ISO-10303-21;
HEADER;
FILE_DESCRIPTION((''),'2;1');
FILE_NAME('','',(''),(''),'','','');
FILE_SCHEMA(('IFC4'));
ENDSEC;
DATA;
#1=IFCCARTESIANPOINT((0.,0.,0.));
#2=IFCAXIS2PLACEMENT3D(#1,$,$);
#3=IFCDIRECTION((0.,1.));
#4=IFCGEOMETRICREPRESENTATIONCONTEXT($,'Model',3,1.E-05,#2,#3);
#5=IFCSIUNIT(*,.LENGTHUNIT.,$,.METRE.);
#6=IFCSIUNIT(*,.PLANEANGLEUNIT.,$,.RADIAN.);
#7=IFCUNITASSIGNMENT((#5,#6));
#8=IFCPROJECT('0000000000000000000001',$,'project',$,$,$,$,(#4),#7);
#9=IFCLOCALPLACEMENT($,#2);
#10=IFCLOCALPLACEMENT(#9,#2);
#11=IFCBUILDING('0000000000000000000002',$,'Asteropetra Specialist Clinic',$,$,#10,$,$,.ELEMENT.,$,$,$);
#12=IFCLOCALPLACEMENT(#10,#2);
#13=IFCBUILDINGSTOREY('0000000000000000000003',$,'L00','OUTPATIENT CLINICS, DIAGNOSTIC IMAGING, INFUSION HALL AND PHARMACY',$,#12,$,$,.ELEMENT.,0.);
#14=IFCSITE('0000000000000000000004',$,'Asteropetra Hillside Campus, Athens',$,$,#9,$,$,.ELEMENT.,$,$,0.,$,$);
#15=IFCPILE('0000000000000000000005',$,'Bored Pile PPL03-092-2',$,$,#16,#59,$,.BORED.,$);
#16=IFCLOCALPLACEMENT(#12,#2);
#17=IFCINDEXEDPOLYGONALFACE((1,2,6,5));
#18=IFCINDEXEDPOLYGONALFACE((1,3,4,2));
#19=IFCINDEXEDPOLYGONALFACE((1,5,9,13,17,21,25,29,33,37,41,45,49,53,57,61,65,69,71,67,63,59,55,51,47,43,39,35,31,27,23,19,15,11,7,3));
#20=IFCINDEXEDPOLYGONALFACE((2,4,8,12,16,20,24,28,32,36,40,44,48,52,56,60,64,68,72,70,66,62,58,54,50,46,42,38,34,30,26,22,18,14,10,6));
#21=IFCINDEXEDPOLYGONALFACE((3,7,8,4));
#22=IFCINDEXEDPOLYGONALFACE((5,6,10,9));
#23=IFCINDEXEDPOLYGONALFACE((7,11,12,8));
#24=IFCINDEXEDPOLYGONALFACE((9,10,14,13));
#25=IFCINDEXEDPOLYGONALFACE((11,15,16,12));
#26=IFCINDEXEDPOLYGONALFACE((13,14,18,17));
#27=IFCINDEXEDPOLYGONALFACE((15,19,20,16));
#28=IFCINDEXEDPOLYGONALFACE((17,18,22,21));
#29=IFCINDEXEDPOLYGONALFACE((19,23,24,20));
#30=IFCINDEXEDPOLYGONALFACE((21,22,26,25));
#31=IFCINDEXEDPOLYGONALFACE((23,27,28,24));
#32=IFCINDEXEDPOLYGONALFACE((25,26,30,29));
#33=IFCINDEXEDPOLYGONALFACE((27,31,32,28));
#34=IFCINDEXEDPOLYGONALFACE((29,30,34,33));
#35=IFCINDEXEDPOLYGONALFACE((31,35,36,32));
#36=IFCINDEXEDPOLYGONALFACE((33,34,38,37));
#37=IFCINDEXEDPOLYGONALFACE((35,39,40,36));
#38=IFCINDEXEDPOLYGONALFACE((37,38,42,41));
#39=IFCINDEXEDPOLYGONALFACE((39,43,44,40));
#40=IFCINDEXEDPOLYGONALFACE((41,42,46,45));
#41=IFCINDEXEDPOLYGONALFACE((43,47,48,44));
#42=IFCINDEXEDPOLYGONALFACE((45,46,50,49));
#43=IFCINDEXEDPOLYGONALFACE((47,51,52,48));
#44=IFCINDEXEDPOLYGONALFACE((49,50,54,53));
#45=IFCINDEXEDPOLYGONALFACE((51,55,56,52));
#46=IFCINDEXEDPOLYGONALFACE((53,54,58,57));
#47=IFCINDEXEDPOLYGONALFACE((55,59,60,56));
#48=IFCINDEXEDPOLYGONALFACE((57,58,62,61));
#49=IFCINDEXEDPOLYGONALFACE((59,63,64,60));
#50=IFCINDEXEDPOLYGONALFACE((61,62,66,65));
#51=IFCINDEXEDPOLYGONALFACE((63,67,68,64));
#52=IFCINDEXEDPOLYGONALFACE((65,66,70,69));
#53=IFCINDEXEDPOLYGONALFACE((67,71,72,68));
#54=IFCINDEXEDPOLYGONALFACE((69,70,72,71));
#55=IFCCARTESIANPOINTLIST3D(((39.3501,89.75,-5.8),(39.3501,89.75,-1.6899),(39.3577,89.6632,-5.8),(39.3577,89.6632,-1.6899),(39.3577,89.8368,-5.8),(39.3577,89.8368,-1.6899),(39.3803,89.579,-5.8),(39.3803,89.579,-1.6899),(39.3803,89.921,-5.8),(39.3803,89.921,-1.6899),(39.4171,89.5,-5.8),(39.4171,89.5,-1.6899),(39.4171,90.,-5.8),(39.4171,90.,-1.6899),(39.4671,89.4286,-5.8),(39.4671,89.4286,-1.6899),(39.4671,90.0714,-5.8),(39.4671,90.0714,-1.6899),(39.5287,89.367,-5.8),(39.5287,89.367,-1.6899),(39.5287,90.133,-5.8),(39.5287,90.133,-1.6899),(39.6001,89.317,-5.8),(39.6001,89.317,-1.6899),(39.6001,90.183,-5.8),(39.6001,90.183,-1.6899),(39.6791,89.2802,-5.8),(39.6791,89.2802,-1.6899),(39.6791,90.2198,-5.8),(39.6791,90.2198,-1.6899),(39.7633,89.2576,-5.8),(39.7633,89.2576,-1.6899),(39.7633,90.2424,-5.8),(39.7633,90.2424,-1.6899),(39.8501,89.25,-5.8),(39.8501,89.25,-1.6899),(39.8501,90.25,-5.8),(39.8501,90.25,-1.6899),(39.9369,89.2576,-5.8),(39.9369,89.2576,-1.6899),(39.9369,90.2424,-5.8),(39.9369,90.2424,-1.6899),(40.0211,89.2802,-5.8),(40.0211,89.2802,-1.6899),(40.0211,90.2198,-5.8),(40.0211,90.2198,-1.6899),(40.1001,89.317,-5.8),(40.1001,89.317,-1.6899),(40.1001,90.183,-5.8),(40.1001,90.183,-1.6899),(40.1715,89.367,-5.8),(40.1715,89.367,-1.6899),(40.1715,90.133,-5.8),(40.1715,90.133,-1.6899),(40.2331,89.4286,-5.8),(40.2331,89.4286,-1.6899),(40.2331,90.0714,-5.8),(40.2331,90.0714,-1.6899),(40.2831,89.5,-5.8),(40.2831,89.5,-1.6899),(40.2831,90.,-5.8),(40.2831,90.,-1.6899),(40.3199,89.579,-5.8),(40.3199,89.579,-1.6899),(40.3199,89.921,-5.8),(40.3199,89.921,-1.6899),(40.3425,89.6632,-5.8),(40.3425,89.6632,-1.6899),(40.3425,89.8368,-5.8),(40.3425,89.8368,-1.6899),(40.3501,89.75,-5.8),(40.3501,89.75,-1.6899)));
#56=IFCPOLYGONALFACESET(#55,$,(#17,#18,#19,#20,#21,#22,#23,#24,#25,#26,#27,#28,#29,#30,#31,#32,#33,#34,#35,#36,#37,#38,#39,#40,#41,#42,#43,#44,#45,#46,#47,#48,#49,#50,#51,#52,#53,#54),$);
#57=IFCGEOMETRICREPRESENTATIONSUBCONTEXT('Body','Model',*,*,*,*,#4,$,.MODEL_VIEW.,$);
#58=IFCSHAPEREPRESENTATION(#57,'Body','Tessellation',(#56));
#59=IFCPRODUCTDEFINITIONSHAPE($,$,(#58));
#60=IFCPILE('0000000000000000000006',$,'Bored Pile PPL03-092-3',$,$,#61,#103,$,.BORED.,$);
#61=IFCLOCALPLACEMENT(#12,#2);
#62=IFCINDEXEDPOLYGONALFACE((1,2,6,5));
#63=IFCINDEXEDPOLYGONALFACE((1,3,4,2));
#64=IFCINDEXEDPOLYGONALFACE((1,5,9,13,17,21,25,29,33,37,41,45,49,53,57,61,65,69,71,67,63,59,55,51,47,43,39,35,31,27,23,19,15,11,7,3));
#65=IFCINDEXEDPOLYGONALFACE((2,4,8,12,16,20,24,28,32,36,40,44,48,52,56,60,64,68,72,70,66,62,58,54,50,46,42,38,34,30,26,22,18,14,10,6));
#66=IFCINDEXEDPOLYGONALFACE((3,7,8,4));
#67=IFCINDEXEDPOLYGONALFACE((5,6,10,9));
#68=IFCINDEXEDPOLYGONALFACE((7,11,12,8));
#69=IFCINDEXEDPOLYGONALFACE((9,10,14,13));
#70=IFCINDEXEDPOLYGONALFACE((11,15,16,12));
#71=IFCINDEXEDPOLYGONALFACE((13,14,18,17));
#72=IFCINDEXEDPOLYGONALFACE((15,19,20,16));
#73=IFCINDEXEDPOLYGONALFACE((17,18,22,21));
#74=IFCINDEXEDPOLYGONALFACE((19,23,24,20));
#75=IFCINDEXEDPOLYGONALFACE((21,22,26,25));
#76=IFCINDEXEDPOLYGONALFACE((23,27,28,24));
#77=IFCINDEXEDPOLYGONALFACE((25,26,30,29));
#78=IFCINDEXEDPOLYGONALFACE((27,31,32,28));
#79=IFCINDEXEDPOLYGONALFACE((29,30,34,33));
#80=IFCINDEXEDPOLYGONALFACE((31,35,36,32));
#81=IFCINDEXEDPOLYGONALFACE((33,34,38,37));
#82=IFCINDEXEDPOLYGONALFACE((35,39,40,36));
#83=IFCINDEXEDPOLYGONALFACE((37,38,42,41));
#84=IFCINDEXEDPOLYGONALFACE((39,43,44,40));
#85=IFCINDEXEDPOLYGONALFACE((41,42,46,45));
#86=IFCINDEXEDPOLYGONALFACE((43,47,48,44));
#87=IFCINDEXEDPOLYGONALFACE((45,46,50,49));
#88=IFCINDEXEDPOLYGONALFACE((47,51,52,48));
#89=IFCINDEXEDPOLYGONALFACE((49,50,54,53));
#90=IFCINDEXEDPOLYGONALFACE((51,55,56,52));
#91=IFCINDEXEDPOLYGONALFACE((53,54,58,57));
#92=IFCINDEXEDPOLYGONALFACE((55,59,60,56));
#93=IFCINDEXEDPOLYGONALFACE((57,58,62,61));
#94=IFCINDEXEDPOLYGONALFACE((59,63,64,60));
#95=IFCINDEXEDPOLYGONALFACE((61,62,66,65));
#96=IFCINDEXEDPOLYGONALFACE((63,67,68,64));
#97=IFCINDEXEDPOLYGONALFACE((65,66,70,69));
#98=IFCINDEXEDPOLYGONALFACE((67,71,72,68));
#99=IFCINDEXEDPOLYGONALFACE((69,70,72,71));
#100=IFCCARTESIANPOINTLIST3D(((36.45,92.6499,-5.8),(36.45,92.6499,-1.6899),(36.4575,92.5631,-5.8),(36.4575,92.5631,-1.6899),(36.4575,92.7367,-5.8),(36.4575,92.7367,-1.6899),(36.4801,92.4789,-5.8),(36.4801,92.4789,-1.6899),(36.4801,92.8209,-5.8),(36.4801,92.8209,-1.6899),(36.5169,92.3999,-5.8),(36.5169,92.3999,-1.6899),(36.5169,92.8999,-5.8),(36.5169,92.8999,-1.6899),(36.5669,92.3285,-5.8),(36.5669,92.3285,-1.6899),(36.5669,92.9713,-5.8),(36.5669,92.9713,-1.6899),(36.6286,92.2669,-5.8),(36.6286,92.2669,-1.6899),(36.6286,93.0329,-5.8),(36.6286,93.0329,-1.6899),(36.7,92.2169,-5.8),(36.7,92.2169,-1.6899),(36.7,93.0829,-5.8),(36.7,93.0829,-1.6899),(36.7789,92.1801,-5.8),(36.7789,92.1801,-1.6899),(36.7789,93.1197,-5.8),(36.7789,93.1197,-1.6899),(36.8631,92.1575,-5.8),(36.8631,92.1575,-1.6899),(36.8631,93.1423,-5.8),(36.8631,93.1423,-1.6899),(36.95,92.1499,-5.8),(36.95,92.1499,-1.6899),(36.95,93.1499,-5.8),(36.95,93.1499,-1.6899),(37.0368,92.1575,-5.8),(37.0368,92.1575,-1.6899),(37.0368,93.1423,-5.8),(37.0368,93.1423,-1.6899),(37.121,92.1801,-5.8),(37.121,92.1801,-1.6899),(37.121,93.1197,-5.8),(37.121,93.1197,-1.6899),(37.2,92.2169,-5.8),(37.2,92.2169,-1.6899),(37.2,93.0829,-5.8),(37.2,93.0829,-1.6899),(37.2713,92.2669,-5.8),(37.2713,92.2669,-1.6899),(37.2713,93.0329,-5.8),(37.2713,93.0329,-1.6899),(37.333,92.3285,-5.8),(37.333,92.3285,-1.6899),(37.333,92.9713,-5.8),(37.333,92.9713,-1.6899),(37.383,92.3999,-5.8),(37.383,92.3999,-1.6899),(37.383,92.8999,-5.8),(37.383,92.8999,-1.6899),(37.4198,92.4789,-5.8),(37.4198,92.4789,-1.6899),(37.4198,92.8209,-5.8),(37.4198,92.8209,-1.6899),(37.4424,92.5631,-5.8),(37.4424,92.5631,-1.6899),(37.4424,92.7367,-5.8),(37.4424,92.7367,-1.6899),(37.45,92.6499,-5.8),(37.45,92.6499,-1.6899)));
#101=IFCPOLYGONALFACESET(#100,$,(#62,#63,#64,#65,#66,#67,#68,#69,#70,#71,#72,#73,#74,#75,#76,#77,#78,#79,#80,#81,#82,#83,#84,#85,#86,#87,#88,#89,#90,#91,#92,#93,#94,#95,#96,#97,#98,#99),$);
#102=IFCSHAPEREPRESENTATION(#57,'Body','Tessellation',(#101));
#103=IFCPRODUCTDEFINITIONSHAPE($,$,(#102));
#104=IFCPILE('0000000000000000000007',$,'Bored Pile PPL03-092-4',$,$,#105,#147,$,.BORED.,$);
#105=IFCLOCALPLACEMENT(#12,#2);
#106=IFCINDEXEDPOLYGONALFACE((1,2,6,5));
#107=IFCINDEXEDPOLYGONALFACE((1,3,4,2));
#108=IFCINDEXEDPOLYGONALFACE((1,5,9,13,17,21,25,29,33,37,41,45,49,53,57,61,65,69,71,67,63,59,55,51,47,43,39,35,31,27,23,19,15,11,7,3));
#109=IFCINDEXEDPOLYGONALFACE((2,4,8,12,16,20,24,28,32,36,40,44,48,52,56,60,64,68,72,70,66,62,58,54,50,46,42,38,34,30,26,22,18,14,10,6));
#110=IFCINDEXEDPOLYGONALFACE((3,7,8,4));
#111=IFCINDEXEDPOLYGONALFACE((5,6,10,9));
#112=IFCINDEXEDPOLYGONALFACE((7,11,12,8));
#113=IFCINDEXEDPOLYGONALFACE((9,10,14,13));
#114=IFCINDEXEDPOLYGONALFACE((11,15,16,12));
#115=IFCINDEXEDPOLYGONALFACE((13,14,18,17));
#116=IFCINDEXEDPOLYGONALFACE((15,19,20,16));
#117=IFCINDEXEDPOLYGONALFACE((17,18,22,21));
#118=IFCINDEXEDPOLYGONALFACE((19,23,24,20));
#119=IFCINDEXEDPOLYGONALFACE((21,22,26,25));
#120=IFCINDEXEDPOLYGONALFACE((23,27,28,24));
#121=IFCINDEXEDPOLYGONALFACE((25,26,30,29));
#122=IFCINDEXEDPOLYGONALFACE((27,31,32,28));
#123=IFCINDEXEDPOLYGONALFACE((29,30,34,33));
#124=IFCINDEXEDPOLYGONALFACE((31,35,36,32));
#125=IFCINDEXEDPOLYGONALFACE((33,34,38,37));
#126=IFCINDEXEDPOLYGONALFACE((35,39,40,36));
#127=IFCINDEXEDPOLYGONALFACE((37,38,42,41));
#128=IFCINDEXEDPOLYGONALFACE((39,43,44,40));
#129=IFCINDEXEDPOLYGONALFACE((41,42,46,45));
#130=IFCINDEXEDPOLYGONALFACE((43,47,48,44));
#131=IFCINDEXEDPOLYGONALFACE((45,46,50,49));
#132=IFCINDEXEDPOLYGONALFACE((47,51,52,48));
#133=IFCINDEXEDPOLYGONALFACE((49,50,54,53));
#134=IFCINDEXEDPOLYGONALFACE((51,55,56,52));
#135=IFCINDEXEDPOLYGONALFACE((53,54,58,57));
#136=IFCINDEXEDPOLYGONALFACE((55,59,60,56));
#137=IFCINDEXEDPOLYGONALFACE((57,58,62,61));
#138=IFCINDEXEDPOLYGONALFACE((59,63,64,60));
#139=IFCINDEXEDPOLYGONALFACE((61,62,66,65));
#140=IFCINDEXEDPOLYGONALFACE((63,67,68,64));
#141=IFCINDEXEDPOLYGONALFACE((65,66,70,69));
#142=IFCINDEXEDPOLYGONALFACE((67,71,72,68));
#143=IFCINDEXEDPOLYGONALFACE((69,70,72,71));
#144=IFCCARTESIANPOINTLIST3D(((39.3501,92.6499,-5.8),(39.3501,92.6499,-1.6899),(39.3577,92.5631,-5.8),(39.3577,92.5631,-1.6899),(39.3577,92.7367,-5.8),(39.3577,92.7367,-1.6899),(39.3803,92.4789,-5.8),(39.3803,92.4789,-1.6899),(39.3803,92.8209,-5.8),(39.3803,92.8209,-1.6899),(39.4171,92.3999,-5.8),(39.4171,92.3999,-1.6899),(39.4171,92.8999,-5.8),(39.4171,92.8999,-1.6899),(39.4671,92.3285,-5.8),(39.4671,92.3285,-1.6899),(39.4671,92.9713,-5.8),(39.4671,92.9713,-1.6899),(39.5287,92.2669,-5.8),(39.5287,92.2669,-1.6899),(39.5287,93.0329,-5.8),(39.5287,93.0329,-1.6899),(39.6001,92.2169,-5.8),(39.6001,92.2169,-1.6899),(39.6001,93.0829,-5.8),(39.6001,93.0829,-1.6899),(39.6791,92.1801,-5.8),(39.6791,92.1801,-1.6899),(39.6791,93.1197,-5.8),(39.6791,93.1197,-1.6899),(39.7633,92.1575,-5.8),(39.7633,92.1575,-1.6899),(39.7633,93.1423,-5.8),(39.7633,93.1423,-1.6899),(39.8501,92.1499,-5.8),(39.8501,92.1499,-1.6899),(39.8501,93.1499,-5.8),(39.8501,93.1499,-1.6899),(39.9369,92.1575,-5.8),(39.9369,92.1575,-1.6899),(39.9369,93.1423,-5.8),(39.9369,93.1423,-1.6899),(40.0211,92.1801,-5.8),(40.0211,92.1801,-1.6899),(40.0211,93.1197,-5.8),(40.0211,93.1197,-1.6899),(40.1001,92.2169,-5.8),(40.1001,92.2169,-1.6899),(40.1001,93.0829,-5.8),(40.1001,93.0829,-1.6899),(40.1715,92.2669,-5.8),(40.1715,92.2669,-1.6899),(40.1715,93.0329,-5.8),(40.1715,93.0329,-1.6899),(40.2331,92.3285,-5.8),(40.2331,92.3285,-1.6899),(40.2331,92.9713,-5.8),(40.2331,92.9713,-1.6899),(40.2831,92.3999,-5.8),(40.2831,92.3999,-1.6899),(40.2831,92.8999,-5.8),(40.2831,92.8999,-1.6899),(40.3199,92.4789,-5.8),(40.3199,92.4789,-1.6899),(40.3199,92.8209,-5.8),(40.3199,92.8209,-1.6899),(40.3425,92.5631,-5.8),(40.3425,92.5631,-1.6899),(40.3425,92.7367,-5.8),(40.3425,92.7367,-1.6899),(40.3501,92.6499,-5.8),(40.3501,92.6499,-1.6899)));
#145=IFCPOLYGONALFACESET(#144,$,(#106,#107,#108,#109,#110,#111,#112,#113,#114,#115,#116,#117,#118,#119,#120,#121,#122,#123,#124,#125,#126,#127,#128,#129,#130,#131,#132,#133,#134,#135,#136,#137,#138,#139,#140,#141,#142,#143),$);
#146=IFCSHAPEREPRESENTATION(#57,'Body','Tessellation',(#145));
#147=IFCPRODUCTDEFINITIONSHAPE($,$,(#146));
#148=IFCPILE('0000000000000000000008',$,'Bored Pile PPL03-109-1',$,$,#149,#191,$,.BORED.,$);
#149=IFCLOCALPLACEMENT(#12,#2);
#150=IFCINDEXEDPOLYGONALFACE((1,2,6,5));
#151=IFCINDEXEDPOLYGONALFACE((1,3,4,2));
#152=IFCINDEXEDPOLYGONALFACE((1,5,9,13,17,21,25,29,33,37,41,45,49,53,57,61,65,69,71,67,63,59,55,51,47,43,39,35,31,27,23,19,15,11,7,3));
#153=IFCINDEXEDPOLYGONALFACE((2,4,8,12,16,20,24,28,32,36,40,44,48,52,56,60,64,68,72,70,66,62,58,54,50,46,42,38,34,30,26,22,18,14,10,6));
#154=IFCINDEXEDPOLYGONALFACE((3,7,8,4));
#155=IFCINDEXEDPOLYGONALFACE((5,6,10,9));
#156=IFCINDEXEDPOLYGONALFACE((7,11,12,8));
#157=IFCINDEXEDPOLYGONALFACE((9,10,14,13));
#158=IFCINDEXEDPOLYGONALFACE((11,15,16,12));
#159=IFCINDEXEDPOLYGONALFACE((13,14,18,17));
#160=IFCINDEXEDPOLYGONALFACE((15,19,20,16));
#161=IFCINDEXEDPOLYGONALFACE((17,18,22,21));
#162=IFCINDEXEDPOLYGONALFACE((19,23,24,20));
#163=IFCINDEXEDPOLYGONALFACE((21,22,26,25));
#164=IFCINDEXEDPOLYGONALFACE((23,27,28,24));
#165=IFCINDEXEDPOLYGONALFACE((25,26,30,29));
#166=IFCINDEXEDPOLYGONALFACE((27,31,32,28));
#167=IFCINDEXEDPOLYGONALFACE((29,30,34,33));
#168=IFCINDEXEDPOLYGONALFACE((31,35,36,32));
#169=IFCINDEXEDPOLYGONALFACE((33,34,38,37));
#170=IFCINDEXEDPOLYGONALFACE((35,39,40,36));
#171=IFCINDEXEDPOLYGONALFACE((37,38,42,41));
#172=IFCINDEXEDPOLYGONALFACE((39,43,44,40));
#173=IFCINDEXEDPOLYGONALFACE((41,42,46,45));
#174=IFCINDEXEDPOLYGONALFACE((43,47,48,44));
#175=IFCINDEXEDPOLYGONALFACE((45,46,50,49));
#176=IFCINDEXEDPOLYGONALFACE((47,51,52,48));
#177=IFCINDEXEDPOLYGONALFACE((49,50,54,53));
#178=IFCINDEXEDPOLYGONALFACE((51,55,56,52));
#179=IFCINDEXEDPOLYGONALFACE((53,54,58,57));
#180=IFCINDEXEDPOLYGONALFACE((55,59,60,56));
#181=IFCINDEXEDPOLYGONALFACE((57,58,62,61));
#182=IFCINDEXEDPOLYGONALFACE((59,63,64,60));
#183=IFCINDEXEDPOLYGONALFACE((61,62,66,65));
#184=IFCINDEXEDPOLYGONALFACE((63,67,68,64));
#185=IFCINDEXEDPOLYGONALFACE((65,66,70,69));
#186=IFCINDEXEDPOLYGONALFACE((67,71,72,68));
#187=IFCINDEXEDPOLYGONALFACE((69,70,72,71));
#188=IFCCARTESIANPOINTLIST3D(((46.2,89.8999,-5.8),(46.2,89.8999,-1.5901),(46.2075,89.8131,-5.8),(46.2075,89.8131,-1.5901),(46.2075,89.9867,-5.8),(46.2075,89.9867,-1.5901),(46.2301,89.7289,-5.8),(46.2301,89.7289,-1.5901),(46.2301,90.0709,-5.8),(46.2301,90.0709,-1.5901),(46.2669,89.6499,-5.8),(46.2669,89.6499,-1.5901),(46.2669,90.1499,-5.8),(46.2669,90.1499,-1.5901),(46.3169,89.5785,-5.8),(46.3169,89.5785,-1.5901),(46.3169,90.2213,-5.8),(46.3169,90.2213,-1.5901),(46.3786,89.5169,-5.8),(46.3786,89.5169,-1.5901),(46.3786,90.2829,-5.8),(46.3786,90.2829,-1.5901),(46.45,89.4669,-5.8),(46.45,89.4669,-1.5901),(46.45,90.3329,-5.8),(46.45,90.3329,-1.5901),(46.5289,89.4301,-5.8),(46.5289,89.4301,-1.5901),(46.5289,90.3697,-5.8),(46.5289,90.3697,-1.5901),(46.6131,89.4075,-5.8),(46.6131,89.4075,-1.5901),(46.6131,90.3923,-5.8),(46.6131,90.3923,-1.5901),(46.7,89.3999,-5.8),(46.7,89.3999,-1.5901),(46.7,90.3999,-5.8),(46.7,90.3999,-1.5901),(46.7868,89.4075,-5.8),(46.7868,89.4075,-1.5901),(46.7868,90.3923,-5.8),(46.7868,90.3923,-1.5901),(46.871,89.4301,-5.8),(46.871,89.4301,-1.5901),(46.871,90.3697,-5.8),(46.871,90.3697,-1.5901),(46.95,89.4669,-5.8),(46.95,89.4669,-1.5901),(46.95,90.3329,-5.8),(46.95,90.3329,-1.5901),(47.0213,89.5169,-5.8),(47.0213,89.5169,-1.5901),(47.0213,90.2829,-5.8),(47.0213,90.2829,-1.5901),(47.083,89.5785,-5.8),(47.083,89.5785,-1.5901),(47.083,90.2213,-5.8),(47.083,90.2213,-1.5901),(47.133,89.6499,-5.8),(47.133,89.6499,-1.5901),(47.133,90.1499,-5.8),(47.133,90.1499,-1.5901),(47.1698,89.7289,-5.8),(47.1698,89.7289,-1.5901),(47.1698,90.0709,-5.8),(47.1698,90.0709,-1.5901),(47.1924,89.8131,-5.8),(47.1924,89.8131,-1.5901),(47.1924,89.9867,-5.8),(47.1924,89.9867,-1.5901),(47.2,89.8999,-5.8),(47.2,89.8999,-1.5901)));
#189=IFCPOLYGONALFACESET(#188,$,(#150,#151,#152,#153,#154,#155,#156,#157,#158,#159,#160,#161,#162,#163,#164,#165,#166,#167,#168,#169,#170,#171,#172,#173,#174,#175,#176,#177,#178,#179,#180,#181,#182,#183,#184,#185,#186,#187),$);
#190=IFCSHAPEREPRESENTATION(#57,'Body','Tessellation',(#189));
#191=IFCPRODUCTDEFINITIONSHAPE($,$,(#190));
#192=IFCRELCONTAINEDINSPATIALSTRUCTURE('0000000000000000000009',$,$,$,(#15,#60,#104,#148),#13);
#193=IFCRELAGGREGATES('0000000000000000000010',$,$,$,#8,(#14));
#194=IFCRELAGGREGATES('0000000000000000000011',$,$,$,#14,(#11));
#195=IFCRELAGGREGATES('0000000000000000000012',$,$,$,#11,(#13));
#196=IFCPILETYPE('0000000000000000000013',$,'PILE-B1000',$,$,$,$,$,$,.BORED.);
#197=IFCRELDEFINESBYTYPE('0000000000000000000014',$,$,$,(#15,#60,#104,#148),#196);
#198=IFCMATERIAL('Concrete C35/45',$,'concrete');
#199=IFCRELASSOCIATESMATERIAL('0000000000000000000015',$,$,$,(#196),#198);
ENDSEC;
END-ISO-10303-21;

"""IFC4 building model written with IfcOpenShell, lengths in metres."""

from ifc_helpers import new_model, si_unit, direction, frame, origin, origin_2d, place, context, subcontext, project, spatial, circle, extrude, material, material_profile, profile_set, type_object, element, save


model = new_model("IFC4")

# Units and contexts
model_context = context("Model", 3, precision=1e-05, world=origin(), true_north=direction((0.0, 1.0)))
body_context = subcontext(model_context, "Body", "Model", "MODEL_VIEW")
ifc_project = project(units=[si_unit("LENGTHUNIT", "METRE"), si_unit("PLANEANGLEUNIT", "RADIAN")], contexts=[model_context])

# Site, building, storey
site_placement = place(None, origin())
site = spatial("IfcSite", under=ifc_project, at=site_placement, Name="Asteropetra Hillside Campus, Athens", CompositionType="ELEMENT", RefElevation=0.0)
building_placement = place(site_placement, origin())
building = spatial("IfcBuilding", under=site, at=building_placement, Name="Asteropetra Specialist Clinic", CompositionType="ELEMENT")
storey_placement = place(building_placement, origin())
storey = spatial("IfcBuildingStorey", under=building, at=storey_placement, Name="L00", Description="OUTPATIENT CLINICS, DIAGNOSTIC IMAGING, INFUSION HALL AND PHARMACY", CompositionType="ELEMENT", Elevation=0.0)

# Piles
ifc_material_1 = material(Name="Concrete C35/45", Category="concrete")
ifc_material_profile_1 = material_profile(ifc_material_1, circle(Radius=0.5, at=origin_2d()), Name="PILE D1000")
ifc_profile_set_1 = profile_set([ifc_material_profile_1], Name="Concrete C35/45")
pile_type_1 = type_object("IfcPileType", Name="PILE-B1000", PredefinedType="BORED", material=ifc_profile_set_1)
for number, where, z_axis, x_axis, name in (
    (1, (39.8501, 89.75, -1.6899), (0.0, 0.0, -1.0), (1.0, 0.0, 0.0), "Bored Pile PPL03-092-2"),
    (2, (36.95, 92.6499, -1.6899), (0.0, 0.0, -1.0), (1.0, 0.0, 0.0), "Bored Pile PPL03-092-3"),
    (3, (39.8501, 92.6499, -1.6899), (0.0, 0.0, -1.0), (1.0, 0.0, 0.0), "Bored Pile PPL03-092-4"),
):
    element("IfcPile", number, at=place(storey_placement, frame(where, z_axis=z_axis, x_axis=x_axis)), inside=storey, type_object=pile_type_1, Name=name, PredefinedType="BORED", context=body_context, shape_type="SweptSolid", body=[
        extrude(circle(Radius=0.5, at=origin_2d()), origin(), (0.0, 0.0, 1.0), 4.1101),
    ])
for number, where, z_axis, x_axis, name in (
    (4, (46.7, 89.8999, -1.5901), (0.0, 0.0, -1.0), (1.0, 0.0, 0.0), "Bored Pile PPL03-109-1"),
):
    element("IfcPile", number, at=place(storey_placement, frame(where, z_axis=z_axis, x_axis=x_axis)), inside=storey, type_object=pile_type_1, Name=name, PredefinedType="BORED", context=body_context, shape_type="SweptSolid", body=[
        extrude(circle(Radius=0.5, at=origin_2d()), origin(), (0.0, 0.0, 1.0), 4.21),
    ])

save(model, "model.ifc")
